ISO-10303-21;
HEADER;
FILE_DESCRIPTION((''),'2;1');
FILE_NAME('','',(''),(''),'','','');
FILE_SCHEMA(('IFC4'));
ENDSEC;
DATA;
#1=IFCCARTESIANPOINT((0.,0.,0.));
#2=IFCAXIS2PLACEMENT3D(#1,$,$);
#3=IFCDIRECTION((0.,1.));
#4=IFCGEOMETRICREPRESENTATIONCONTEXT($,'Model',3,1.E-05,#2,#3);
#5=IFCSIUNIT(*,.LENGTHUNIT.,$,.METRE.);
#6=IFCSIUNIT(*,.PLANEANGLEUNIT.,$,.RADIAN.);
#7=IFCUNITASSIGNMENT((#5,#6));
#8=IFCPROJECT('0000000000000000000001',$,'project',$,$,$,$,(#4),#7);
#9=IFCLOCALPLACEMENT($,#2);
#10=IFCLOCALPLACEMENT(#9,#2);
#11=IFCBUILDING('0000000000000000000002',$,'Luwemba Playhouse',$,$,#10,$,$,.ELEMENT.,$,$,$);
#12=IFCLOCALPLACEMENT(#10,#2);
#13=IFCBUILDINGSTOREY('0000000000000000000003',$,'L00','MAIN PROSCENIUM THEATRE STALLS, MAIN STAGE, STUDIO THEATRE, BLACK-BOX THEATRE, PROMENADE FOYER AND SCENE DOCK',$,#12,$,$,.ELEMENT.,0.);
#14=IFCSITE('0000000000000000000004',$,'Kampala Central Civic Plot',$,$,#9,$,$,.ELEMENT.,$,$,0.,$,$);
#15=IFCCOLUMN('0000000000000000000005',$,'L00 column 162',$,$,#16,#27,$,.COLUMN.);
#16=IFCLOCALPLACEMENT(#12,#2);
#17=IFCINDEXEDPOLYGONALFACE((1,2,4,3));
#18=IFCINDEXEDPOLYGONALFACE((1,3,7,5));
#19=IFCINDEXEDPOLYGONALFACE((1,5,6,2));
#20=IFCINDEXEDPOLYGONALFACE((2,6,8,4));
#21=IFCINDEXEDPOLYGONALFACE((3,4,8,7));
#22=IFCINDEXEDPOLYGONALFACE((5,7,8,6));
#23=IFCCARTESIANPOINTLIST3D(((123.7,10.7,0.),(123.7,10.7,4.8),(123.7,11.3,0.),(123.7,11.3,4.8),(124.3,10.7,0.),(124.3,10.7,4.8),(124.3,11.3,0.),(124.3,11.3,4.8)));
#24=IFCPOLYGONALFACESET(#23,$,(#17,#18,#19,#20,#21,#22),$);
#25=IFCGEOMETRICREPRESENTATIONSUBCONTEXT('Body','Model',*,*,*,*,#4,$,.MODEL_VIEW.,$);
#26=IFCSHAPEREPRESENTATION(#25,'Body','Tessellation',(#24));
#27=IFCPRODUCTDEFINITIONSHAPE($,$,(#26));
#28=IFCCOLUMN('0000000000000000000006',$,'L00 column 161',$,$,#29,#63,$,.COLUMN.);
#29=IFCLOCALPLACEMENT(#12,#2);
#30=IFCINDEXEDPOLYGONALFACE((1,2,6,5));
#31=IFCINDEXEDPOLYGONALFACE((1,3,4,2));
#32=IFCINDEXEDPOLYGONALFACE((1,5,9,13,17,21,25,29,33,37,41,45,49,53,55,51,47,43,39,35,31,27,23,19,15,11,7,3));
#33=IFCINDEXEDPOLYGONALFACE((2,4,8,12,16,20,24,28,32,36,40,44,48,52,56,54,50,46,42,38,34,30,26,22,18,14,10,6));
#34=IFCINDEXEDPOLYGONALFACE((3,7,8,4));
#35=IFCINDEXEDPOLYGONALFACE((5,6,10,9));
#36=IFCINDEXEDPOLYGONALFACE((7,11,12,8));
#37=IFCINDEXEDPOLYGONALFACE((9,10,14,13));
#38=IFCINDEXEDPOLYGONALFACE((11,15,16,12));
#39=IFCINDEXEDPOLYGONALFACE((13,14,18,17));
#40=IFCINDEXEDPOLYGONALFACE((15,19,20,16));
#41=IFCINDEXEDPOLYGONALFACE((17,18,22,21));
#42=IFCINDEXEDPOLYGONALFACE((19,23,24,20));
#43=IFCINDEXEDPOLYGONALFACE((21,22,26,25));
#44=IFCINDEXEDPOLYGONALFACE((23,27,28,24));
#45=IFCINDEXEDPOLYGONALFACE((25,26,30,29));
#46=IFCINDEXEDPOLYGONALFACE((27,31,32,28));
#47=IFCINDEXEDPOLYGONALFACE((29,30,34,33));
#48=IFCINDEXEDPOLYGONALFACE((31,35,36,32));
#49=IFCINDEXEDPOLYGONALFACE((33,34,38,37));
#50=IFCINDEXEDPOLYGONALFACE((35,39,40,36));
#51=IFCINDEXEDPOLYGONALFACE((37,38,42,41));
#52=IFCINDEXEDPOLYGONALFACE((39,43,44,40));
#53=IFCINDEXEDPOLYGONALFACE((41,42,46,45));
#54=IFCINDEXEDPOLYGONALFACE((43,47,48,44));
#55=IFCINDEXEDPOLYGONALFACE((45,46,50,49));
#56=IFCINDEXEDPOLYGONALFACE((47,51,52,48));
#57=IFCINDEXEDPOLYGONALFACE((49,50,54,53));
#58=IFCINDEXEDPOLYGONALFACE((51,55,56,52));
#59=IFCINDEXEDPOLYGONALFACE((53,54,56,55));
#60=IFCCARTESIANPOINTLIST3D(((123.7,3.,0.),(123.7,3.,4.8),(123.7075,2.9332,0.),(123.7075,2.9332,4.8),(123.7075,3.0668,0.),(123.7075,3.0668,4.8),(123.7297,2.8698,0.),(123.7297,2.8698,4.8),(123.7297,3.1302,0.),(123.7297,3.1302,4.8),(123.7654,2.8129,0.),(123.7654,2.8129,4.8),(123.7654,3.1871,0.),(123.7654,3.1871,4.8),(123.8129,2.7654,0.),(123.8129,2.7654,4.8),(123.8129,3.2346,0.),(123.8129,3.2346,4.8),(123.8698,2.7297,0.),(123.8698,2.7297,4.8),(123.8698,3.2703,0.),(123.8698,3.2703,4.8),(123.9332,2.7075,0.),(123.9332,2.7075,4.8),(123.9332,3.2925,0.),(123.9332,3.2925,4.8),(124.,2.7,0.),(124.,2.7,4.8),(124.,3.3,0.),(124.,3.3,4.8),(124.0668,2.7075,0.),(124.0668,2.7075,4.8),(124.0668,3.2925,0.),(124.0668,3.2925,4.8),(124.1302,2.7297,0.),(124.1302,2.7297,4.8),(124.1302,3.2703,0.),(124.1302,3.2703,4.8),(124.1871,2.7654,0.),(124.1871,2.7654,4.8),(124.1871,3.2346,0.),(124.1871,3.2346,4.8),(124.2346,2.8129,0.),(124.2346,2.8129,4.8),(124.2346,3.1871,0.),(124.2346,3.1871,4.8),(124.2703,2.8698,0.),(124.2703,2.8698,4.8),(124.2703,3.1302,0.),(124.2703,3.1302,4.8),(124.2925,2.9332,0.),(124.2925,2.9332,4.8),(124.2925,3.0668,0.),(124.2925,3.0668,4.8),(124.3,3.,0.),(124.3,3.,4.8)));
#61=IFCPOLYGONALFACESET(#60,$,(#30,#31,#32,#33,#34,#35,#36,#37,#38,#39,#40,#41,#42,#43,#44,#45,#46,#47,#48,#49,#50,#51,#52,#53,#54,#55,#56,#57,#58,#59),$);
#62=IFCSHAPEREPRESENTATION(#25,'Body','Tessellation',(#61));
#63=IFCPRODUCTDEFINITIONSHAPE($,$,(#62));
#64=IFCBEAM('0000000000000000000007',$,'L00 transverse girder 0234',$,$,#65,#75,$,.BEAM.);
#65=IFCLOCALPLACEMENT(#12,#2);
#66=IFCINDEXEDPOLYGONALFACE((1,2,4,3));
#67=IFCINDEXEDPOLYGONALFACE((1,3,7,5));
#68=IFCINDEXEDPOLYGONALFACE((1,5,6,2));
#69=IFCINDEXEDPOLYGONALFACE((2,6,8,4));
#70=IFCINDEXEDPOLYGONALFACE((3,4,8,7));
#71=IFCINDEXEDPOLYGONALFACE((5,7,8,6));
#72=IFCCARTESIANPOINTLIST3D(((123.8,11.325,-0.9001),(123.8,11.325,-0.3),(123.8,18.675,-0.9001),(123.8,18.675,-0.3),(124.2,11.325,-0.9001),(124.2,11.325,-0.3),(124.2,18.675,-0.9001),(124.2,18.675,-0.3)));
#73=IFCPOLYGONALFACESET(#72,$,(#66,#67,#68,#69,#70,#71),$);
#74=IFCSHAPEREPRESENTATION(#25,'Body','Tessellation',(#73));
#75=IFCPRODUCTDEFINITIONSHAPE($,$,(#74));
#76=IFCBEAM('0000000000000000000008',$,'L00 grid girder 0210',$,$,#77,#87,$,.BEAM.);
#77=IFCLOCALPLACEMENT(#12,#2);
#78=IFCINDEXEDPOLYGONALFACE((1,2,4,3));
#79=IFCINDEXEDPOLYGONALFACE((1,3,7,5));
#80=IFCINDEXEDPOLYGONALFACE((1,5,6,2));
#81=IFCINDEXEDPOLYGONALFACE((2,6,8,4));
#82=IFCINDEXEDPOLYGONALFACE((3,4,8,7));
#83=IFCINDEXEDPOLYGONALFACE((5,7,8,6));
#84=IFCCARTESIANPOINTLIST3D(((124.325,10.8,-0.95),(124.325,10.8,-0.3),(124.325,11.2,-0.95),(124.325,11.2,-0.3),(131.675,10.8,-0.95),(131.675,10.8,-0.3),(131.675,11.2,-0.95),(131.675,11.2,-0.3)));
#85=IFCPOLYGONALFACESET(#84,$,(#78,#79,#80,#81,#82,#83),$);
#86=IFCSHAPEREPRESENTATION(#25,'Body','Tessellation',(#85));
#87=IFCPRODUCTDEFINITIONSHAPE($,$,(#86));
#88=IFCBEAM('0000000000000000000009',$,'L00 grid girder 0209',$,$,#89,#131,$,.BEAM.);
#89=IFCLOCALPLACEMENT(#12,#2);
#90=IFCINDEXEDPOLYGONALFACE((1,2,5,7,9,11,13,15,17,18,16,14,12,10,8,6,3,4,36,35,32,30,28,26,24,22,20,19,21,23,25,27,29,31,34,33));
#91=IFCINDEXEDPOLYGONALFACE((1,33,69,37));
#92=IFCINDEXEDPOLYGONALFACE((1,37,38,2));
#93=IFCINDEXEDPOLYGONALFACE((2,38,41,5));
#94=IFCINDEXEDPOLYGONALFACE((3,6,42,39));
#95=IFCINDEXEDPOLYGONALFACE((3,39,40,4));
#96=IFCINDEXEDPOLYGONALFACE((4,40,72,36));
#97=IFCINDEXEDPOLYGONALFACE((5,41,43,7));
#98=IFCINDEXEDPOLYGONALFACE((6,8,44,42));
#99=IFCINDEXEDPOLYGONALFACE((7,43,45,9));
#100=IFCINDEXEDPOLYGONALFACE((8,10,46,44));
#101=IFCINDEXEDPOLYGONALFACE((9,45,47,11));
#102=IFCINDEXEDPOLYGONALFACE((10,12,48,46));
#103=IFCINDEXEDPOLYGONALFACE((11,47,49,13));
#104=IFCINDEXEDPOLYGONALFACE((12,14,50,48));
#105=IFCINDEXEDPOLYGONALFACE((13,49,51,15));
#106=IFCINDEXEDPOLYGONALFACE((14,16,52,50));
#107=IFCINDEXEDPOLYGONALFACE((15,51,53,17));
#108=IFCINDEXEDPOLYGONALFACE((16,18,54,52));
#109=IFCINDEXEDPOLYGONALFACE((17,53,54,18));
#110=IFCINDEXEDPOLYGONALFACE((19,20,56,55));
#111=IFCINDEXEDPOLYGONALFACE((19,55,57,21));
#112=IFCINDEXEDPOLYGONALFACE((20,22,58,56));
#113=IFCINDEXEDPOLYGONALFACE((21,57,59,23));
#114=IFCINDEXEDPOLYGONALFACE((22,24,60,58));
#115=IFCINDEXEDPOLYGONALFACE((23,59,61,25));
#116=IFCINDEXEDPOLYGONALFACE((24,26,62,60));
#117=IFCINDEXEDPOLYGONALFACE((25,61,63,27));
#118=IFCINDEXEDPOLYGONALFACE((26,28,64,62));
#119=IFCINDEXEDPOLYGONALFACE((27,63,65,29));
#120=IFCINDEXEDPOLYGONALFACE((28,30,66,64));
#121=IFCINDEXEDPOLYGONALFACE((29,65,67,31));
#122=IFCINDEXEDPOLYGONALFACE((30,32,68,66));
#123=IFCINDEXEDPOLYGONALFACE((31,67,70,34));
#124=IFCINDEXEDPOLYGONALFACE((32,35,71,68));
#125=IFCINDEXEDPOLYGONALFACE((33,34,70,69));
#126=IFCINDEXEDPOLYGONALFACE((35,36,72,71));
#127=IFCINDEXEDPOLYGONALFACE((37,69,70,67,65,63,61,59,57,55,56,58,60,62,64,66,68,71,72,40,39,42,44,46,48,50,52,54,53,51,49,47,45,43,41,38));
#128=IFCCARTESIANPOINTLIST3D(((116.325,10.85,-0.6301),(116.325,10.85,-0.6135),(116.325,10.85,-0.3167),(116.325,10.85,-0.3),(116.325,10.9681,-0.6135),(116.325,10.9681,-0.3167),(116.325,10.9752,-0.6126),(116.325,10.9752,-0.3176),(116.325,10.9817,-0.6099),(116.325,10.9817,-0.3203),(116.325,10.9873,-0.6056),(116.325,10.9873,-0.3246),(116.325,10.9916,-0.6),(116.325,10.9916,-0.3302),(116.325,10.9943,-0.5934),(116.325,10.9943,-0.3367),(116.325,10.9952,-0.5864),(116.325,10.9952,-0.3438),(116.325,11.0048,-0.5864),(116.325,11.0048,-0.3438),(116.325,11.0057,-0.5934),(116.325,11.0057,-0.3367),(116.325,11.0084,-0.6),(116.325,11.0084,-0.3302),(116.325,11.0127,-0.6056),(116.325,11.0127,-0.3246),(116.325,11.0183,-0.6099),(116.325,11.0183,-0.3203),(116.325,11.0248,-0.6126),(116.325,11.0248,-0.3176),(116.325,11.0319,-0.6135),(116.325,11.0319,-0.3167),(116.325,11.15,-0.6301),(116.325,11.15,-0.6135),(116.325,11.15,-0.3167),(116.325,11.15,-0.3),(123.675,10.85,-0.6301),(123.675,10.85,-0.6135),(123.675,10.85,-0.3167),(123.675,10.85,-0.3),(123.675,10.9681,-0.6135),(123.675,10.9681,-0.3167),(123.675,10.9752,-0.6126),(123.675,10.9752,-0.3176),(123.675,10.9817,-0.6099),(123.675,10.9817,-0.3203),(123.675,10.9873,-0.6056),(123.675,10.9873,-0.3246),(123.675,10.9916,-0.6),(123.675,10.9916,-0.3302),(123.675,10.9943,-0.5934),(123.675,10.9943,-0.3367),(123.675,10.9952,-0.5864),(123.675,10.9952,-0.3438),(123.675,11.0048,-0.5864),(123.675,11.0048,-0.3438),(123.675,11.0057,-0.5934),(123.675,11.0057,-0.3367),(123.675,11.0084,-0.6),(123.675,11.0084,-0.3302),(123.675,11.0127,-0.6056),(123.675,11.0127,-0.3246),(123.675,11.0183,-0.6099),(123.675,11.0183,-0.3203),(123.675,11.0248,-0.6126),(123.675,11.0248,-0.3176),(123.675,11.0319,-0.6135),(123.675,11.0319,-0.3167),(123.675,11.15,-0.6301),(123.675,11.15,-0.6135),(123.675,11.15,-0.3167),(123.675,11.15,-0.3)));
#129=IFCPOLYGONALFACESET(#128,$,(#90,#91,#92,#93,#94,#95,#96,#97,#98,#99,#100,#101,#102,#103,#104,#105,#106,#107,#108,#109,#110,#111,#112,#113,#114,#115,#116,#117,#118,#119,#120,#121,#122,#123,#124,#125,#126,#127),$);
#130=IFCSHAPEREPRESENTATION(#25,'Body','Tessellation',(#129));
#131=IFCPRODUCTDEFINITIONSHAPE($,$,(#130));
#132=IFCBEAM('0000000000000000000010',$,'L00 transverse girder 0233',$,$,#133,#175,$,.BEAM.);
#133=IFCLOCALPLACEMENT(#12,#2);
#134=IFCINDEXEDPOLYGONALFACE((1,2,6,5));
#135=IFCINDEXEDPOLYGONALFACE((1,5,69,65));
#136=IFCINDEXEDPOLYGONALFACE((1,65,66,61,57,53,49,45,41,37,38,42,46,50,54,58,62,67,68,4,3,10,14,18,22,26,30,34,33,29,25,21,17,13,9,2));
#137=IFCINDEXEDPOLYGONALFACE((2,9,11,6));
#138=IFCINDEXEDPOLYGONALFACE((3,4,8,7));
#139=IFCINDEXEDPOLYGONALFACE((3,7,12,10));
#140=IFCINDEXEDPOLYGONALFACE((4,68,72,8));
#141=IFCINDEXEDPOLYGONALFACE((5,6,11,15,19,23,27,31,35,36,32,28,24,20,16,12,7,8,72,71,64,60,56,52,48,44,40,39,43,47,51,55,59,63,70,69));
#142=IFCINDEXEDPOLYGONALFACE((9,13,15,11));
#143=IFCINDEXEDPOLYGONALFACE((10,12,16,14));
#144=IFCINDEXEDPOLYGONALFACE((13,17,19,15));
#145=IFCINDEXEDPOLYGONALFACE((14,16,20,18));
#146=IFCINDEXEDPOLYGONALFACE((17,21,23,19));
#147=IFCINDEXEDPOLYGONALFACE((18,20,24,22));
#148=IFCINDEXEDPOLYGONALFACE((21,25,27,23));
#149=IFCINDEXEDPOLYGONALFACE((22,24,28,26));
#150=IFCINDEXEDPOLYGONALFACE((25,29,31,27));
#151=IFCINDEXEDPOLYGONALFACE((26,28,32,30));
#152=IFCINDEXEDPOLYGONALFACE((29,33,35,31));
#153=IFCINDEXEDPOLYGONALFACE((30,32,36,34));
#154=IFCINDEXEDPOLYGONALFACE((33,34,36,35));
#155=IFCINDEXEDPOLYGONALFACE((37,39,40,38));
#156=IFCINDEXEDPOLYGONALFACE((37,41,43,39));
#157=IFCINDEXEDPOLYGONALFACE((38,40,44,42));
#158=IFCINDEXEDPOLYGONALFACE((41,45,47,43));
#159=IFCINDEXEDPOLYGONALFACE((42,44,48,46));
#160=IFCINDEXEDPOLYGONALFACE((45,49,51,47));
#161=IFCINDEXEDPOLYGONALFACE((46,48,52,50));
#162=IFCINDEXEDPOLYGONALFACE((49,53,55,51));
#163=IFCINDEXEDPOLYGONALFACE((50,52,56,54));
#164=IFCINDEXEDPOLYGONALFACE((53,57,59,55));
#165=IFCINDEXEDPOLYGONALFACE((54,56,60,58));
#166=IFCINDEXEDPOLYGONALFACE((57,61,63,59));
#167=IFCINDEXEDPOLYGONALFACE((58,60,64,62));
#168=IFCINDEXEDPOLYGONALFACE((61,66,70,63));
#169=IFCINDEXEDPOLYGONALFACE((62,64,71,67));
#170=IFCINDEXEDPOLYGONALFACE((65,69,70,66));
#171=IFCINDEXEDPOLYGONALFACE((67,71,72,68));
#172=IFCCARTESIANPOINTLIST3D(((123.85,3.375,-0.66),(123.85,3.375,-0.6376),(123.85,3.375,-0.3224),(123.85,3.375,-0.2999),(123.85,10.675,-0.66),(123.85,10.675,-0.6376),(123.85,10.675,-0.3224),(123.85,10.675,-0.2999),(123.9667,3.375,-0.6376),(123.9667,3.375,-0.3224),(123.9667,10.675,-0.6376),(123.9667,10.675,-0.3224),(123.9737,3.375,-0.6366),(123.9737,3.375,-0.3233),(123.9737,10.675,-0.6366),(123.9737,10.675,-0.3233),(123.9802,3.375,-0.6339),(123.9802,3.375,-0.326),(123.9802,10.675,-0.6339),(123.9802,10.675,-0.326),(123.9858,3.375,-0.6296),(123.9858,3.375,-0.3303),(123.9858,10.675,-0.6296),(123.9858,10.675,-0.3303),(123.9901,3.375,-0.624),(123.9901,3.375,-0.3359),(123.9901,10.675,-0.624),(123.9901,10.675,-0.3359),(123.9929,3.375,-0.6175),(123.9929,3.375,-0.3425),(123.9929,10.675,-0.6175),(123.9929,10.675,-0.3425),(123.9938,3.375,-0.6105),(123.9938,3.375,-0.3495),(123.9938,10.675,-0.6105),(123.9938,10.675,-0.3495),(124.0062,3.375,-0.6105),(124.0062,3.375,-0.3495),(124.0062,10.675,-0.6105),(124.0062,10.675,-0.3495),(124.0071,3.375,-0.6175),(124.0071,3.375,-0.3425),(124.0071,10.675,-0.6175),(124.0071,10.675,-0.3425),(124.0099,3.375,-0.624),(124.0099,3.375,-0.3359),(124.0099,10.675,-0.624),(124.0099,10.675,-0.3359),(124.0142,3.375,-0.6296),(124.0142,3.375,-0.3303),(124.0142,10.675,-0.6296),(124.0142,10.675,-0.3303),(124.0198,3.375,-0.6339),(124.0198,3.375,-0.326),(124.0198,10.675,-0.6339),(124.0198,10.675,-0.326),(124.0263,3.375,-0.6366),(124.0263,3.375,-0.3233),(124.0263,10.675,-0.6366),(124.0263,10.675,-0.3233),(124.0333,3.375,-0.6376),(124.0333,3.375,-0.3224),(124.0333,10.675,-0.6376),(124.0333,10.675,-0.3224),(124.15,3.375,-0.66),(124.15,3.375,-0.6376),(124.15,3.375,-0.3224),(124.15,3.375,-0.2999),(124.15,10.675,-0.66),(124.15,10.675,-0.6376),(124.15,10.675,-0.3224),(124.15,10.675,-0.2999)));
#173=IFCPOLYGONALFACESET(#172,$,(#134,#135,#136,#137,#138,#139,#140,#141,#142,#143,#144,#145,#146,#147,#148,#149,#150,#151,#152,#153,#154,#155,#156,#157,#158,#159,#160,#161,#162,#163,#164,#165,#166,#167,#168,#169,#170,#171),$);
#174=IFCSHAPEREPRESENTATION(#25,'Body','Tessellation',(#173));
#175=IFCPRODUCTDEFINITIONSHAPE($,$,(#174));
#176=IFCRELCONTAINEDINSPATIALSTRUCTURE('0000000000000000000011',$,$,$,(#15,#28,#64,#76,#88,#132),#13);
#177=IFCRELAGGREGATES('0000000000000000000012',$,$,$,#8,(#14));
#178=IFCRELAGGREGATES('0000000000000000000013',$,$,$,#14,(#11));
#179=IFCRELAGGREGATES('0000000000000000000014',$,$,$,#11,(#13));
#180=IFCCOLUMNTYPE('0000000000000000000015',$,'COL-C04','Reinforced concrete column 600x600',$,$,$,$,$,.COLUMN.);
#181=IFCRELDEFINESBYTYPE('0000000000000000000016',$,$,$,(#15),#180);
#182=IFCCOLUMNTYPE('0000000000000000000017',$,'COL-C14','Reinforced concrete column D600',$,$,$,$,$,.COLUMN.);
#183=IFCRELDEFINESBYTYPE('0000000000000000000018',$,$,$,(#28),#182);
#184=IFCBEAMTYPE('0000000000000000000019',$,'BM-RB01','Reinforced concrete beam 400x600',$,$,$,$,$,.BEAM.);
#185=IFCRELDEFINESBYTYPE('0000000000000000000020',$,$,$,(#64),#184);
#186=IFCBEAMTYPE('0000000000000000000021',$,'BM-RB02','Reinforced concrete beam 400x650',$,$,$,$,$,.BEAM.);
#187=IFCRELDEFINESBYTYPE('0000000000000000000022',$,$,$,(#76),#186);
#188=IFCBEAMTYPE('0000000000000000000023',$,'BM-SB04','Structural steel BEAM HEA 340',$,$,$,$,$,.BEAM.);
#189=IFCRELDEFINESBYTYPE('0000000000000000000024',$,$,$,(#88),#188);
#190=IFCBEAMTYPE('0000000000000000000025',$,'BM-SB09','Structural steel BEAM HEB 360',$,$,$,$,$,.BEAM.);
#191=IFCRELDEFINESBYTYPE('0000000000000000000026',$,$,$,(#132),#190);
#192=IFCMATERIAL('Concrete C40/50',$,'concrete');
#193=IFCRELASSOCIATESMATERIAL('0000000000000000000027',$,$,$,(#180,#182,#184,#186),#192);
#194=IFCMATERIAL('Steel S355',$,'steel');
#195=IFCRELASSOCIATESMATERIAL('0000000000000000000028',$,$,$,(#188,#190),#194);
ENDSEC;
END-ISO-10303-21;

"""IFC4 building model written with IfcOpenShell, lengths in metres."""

from ifc_helpers import new_model, si_unit, direction, frame, origin, origin_2d, place, context, subcontext, project, spatial, rectangle, circle, i_section, extrude, material, material_profile, profile_set, type_object, element, save


model = new_model("IFC4")

# Units and contexts
model_context = context("Model", 3, precision=1e-05, world=origin(), true_north=direction((0.0, 1.0)))
body_context = subcontext(model_context, "Body", "Model", "MODEL_VIEW")
ifc_project = project(units=[si_unit("LENGTHUNIT", "METRE"), si_unit("PLANEANGLEUNIT", "RADIAN")], contexts=[model_context])

# Site, building, storey
site_placement = place(None, origin())
site = spatial("IfcSite", under=ifc_project, at=site_placement, Name="Kampala Central Civic Plot", CompositionType="ELEMENT", RefElevation=0.0)
building_placement = place(site_placement, origin())
building = spatial("IfcBuilding", under=site, at=building_placement, Name="Luwemba Playhouse", CompositionType="ELEMENT")
storey_placement = place(building_placement, origin())
storey = spatial("IfcBuildingStorey", under=building, at=storey_placement, Name="L00", Description="MAIN PROSCENIUM THEATRE STALLS, MAIN STAGE, STUDIO THEATRE, BLACK-BOX THEATRE, PROMENADE FOYER AND SCENE DOCK", CompositionType="ELEMENT", Elevation=0.0)

# Columns
ifc_material_1 = material(Name="Concrete C40/50", Category="concrete")
ifc_material_profile_1 = material_profile(ifc_material_1, rectangle(XDim=0.6001, YDim=0.6001, at=origin_2d()))
ifc_profile_set_1 = profile_set([ifc_material_profile_1], Name="Concrete C40/50")
column_type_1 = type_object("IfcColumnType", Name="COL-C04", Description="Reinforced concrete column 600x600", PredefinedType="COLUMN", material=ifc_profile_set_1)
column_1_placement = place(storey_placement, frame((124.0, 11.0, 0.0), z_axis=(0.0, 0.0, 1.0), x_axis=(1.0, 0.0, 0.0)))
element("IfcColumn", 1, at=column_1_placement, inside=storey, type_object=column_type_1, Name="L00 column 162", PredefinedType="COLUMN", context=body_context, shape_type="SweptSolid", body=[
    extrude(rectangle(XDim=0.6001, YDim=0.6001, at=origin_2d()), origin(), (0.0, 0.0, 1.0), 4.8),
])
ifc_material_profile_2 = material_profile(ifc_material_1, circle(Radius=0.3, at=origin_2d()))
ifc_profile_set_2 = profile_set([ifc_material_profile_2], Name="Concrete C40/50")
column_type_2 = type_object("IfcColumnType", Name="COL-C14", Description="Reinforced concrete column D600", PredefinedType="COLUMN", material=ifc_profile_set_2)
column_2_placement = place(storey_placement, frame((124.0, 3.0, 0.0), z_axis=(0.0, 0.0, 1.0), x_axis=(1.0, 0.0, 0.0)))
element("IfcColumn", 2, at=column_2_placement, inside=storey, type_object=column_type_2, Name="L00 column 161", PredefinedType="COLUMN", context=body_context, shape_type="SweptSolid", body=[
    extrude(circle(Radius=0.3, at=origin_2d()), origin(), (0.0, 0.0, 1.0), 4.8),
])

# Beams
ifc_material_profile_3 = material_profile(ifc_material_1, rectangle(XDim=0.3999, YDim=0.6001, at=origin_2d()))
ifc_profile_set_3 = profile_set([ifc_material_profile_3], Name="Concrete C40/50")
beam_type_1 = type_object("IfcBeamType", Name="BM-RB01", Description="Reinforced concrete beam 400x600", PredefinedType="BEAM", material=ifc_profile_set_3)
beam_1_placement = place(storey_placement, frame((124.0, 11.325, -0.6001), z_axis=(0.0, 1.0, 0.0), x_axis=(-1.0, 0.0, 0.0)))
element("IfcBeam", 3, at=beam_1_placement, inside=storey, type_object=beam_type_1, Name="L00 transverse girder 0234", PredefinedType="BEAM", context=body_context, shape_type="SweptSolid", body=[
    extrude(rectangle(XDim=0.3999, YDim=0.6001, at=origin_2d()), origin(), (0.0, 0.0, 1.0), 7.3501),
])
ifc_material_profile_4 = material_profile(ifc_material_1, rectangle(XDim=0.3999, YDim=0.6499, at=origin_2d()))
ifc_profile_set_4 = profile_set([ifc_material_profile_4], Name="Concrete C40/50")
beam_type_2 = type_object("IfcBeamType", Name="BM-RB02", Description="Reinforced concrete beam 400x650", PredefinedType="BEAM", material=ifc_profile_set_4)
beam_2_placement = place(storey_placement, frame((124.325, 11.0, -0.625), z_axis=(1.0, 0.0, 0.0), x_axis=(0.0, 1.0, 0.0)))
element("IfcBeam", 4, at=beam_2_placement, inside=storey, type_object=beam_type_2, Name="L00 grid girder 0210", PredefinedType="BEAM", context=body_context, shape_type="SweptSolid", body=[
    extrude(rectangle(XDim=0.3999, YDim=0.6499, at=origin_2d()), origin(), (0.0, 0.0, 1.0), 7.3501),
])
ifc_material_2 = material(Name="Steel S355", Category="steel")
ifc_material_profile_5 = material_profile(ifc_material_2, i_section(OverallWidth=0.3, OverallDepth=0.3301, WebThickness=0.0095, FlangeThickness=0.0166, FilletRadius=0.0271, at=origin_2d()))
ifc_profile_set_5 = profile_set([ifc_material_profile_5], Name="Steel S355")
beam_type_3 = type_object("IfcBeamType", Name="BM-SB04", Description="Structural steel BEAM HEA 340", PredefinedType="BEAM", material=ifc_profile_set_5)
beam_3_placement = place(storey_placement, frame((116.325, 11.0, -0.4651), z_axis=(1.0, 0.0, 0.0), x_axis=(0.0, 1.0, 0.0)))
element("IfcBeam", 5, at=beam_3_placement, inside=storey, type_object=beam_type_3, Name="L00 grid girder 0209", PredefinedType="BEAM", context=body_context, shape_type="SweptSolid", body=[
    extrude(i_section(OverallWidth=0.3, OverallDepth=0.3301, WebThickness=0.0095, FlangeThickness=0.0166, FilletRadius=0.0271, at=origin_2d()), origin(), (0.0, 0.0, 1.0), 7.3501),
])
ifc_material_profile_6 = material_profile(ifc_material_2, i_section(OverallWidth=0.3, OverallDepth=0.3601, WebThickness=0.0125, FlangeThickness=0.0225, FilletRadius=0.0271, at=origin_2d()))
ifc_profile_set_6 = profile_set([ifc_material_profile_6], Name="Steel S355")
beam_type_4 = type_object("IfcBeamType", Name="BM-SB09", Description="Structural steel BEAM HEB 360", PredefinedType="BEAM", material=ifc_profile_set_6)
beam_4_placement = place(storey_placement, frame((124.0, 3.375, -0.48), z_axis=(0.0, 1.0, 0.0), x_axis=(-1.0, 0.0, 0.0)))
element("IfcBeam", 6, at=beam_4_placement, inside=storey, type_object=beam_type_4, Name="L00 transverse girder 0233", PredefinedType="BEAM", context=body_context, shape_type="SweptSolid", body=[
    extrude(i_section(OverallWidth=0.3, OverallDepth=0.3601, WebThickness=0.0125, FlangeThickness=0.0225, FilletRadius=0.0271, at=origin_2d()), origin(), (0.0, 0.0, 1.0), 7.3),
])

save(model, "model.ifc")
